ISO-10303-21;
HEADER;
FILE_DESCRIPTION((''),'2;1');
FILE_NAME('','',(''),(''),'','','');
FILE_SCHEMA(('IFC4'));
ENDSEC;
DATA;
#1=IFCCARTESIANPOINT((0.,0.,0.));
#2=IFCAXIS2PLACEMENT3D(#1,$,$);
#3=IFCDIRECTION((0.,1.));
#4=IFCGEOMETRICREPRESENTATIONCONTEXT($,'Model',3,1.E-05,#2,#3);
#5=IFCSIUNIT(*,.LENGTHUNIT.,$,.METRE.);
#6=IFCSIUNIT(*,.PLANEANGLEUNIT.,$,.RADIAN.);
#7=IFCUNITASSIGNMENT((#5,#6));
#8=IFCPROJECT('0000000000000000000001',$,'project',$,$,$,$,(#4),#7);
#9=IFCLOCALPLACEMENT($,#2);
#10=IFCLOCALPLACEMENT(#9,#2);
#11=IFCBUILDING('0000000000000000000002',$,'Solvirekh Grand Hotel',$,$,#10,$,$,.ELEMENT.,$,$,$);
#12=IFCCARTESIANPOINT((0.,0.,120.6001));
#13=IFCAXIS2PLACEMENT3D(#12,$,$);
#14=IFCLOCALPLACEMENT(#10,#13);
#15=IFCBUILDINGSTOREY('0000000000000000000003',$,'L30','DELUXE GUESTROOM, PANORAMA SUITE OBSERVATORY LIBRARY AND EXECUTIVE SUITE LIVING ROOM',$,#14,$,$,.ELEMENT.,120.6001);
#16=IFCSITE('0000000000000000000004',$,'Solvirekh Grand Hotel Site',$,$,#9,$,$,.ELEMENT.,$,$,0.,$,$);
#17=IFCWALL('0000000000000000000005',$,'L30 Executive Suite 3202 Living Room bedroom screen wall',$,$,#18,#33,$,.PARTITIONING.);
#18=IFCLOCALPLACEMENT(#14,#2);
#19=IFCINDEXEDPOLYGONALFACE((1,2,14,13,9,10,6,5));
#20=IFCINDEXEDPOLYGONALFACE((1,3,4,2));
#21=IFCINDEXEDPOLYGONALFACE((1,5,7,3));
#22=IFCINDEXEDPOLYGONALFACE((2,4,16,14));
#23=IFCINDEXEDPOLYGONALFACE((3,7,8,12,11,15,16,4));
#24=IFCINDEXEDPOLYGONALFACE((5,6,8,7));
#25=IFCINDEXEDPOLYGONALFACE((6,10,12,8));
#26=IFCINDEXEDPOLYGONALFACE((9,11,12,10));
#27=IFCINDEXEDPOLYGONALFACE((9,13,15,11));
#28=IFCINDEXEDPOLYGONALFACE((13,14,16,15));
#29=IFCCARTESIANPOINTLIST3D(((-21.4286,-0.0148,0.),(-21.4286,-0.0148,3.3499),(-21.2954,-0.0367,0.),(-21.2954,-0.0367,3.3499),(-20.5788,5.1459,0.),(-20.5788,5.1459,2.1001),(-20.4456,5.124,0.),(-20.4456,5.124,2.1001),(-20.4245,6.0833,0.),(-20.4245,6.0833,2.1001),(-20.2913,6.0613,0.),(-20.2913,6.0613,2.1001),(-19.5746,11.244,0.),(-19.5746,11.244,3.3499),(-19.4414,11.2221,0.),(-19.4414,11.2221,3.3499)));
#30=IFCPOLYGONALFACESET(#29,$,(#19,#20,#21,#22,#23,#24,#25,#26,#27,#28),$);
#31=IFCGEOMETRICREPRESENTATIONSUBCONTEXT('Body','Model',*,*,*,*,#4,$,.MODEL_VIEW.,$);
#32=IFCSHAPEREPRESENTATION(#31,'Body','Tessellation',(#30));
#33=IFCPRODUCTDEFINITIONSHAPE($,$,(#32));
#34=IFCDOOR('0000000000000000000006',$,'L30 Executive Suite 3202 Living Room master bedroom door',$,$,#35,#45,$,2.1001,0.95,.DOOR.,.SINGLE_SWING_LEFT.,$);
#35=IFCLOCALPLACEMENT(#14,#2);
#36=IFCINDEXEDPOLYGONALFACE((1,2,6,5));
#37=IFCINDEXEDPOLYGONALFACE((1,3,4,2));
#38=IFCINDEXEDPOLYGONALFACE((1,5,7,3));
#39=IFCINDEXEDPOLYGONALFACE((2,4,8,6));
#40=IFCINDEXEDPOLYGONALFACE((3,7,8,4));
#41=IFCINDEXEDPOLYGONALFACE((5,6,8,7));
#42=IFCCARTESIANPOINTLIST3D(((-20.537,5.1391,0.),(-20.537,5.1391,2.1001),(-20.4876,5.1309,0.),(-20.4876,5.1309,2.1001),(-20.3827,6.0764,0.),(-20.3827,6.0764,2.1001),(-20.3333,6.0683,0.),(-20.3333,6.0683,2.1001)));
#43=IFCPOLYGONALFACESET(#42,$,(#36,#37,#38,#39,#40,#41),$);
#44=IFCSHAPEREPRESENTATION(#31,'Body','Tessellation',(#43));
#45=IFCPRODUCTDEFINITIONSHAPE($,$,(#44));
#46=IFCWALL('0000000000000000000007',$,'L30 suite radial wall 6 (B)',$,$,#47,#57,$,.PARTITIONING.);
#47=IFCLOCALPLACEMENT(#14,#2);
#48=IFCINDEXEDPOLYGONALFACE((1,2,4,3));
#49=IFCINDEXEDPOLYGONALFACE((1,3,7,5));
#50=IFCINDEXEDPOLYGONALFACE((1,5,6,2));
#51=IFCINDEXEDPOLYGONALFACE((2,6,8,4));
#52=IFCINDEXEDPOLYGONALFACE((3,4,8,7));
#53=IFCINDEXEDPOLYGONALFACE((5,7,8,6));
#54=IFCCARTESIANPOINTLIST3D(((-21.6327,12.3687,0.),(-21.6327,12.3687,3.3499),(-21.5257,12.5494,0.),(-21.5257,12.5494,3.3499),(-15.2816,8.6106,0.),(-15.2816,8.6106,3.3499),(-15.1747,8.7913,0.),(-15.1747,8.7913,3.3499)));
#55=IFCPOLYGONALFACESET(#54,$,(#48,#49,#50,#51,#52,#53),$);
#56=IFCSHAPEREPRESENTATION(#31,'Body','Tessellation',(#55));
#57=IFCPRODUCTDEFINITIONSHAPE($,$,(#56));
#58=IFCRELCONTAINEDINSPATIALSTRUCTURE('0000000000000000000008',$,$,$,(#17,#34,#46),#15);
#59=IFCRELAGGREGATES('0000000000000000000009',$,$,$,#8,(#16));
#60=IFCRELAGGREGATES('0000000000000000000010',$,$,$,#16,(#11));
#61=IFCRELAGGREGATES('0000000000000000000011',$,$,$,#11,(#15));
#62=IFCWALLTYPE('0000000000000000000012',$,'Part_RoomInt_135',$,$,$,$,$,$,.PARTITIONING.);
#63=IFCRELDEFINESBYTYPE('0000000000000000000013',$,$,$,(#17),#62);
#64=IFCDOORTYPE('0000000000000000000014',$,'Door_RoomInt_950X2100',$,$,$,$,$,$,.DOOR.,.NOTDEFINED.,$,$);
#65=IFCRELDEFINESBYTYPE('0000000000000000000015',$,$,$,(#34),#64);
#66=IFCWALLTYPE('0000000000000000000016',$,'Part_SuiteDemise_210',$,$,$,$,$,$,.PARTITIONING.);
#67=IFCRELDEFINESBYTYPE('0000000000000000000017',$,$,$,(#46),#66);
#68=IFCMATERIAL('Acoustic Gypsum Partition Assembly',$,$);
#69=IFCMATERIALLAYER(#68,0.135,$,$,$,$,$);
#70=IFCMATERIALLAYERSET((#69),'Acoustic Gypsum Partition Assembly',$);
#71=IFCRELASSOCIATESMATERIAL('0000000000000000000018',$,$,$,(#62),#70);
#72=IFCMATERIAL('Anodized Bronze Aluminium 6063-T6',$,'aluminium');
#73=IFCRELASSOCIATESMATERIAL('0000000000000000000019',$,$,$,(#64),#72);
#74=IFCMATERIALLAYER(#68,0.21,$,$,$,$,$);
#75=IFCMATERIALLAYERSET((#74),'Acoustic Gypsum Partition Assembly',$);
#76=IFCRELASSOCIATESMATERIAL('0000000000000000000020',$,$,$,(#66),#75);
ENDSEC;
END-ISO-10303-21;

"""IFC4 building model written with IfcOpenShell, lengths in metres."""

from ifc_helpers import new_model, si_unit, direction, frame, frame_2d, origin, place, context, subcontext, project, spatial, rectangle, extrude, material, layer, layer_set, type_object, element, fill, save


model = new_model("IFC4")

# Units and contexts
model_context = context("Model", 3, precision=1e-05, world=origin(), true_north=direction((0.0, 1.0)))
body_context = subcontext(model_context, "Body", "Model", "MODEL_VIEW")
ifc_project = project(units=[si_unit("LENGTHUNIT", "METRE"), si_unit("PLANEANGLEUNIT", "RADIAN")], contexts=[model_context])

# Site, building, storey
site_placement = place(None, origin())
site = spatial("IfcSite", under=ifc_project, at=site_placement, Name="Solvirekh Grand Hotel Site", CompositionType="ELEMENT", RefElevation=0.0)
building_placement = place(site_placement, origin())
building = spatial("IfcBuilding", under=site, at=building_placement, Name="Solvirekh Grand Hotel", CompositionType="ELEMENT")
storey_placement = place(building_placement, frame((0.0, 0.0, 120.6001)))
storey = spatial("IfcBuildingStorey", under=building, at=storey_placement, Name="L30", Description="DELUXE GUESTROOM, PANORAMA SUITE OBSERVATORY LIBRARY AND EXECUTIVE SUITE LIVING ROOM", CompositionType="ELEMENT", Elevation=120.6001)

# Shared definitions
ifc_material_1 = material(Name="Anodized Bronze Aluminium 6063-T6", Category="aluminium")

# Wall, opening, door
ifc_material_2 = material(Name="Acoustic Gypsum Partition Assembly")
ifc_layer_1 = layer(ifc_material_2, 0.135)
ifc_layer_set_1 = layer_set([ifc_layer_1], Name="Acoustic Gypsum Partition Assembly")
wall_type_1 = type_object("IfcWallType", Name="Part_RoomInt_135", PredefinedType="PARTITIONING", material=ifc_layer_set_1)
wall_1_placement = place(storey_placement, frame((-19.5081, 11.2329, 0.0), z_axis=(0.0, 0.0, 1.0), x_axis=(-0.162483, -0.986711, 0.0)))
wall_1 = element("IfcWall", 1, at=wall_1_placement, inside=storey, type_object=wall_type_1, Name="L30 Executive Suite 3202 Living Room bedroom screen wall", PredefinedType="PARTITIONING", context=body_context, shape_type="SweptSolid", body=[
    extrude(rectangle(XDim=11.4104, YDim=0.135, at=frame_2d((5.7051, 0.0))), origin(), (0.0, 0.0, 1.0), 3.3499),
])
opening_1_placement = place(wall_1_placement, frame((5.23, 0.0, 0.0)))
opening_1 = element("IfcOpeningElement", 2, at=opening_1_placement, cuts=wall_1, PredefinedType="OPENING", context=body_context, shape_type="SweptSolid", body=[
    extrude(rectangle(XDim=0.95, YDim=2.1001, at=frame_2d((0.4751, 1.05))), frame((0.0, 0.0776, 0.0), z_axis=(0.0, -1.0, 0.0), x_axis=(1.0, 0.0, 0.0)), (0.0, 0.0, 1.0), 0.155),
])
door_type = type_object("IfcDoorType", Name="Door_RoomInt_950X2100", OperationType="NOTDEFINED", PredefinedType="DOOR", material=ifc_material_1)
door_placement = place(opening_1_placement, origin())
door = element("IfcDoor", 3, at=door_placement, inside=storey, type_object=door_type, Name="L30 Executive Suite 3202 Living Room master bedroom door", OperationType="SINGLE_SWING_LEFT", OverallHeight=2.1001, OverallWidth=0.95, PredefinedType="DOOR", context=body_context, shape_type="SweptSolid", body=[
    extrude(rectangle(XDim=0.95, YDim=2.1001, at=frame_2d((0.4751, 1.05))), frame((0.0, 0.0249, 0.0), z_axis=(0.0, -1.0, 0.0), x_axis=(1.0, 0.0, 0.0)), (0.0, 0.0, 1.0), 0.05),
])
fill(opening_1, door)

# Wall
ifc_layer_2 = layer(ifc_material_2, 0.21)
ifc_layer_set_2 = layer_set([ifc_layer_2], Name="Acoustic Gypsum Partition Assembly")
wall_type_2 = type_object("IfcWallType", Name="Part_SuiteDemise_210", PredefinedType="PARTITIONING", material=ifc_layer_set_2)
wall_2_placement = place(storey_placement, frame((-15.228, 8.7009, 0.0), z_axis=(0.0, 0.0, 1.0), x_axis=(-0.860621, 0.509246, 0.0)))
element("IfcWall", 4, at=wall_2_placement, inside=storey, type_object=wall_type_2, Name="L30 suite radial wall 6 (B)", PredefinedType="PARTITIONING", context=body_context, shape_type="SweptSolid", body=[
    extrude(rectangle(XDim=7.3796, YDim=0.21, at=frame_2d((3.6899, 0.0))), origin(), (0.0, 0.0, 1.0), 3.3499),
])

save(model, "model.ifc")
